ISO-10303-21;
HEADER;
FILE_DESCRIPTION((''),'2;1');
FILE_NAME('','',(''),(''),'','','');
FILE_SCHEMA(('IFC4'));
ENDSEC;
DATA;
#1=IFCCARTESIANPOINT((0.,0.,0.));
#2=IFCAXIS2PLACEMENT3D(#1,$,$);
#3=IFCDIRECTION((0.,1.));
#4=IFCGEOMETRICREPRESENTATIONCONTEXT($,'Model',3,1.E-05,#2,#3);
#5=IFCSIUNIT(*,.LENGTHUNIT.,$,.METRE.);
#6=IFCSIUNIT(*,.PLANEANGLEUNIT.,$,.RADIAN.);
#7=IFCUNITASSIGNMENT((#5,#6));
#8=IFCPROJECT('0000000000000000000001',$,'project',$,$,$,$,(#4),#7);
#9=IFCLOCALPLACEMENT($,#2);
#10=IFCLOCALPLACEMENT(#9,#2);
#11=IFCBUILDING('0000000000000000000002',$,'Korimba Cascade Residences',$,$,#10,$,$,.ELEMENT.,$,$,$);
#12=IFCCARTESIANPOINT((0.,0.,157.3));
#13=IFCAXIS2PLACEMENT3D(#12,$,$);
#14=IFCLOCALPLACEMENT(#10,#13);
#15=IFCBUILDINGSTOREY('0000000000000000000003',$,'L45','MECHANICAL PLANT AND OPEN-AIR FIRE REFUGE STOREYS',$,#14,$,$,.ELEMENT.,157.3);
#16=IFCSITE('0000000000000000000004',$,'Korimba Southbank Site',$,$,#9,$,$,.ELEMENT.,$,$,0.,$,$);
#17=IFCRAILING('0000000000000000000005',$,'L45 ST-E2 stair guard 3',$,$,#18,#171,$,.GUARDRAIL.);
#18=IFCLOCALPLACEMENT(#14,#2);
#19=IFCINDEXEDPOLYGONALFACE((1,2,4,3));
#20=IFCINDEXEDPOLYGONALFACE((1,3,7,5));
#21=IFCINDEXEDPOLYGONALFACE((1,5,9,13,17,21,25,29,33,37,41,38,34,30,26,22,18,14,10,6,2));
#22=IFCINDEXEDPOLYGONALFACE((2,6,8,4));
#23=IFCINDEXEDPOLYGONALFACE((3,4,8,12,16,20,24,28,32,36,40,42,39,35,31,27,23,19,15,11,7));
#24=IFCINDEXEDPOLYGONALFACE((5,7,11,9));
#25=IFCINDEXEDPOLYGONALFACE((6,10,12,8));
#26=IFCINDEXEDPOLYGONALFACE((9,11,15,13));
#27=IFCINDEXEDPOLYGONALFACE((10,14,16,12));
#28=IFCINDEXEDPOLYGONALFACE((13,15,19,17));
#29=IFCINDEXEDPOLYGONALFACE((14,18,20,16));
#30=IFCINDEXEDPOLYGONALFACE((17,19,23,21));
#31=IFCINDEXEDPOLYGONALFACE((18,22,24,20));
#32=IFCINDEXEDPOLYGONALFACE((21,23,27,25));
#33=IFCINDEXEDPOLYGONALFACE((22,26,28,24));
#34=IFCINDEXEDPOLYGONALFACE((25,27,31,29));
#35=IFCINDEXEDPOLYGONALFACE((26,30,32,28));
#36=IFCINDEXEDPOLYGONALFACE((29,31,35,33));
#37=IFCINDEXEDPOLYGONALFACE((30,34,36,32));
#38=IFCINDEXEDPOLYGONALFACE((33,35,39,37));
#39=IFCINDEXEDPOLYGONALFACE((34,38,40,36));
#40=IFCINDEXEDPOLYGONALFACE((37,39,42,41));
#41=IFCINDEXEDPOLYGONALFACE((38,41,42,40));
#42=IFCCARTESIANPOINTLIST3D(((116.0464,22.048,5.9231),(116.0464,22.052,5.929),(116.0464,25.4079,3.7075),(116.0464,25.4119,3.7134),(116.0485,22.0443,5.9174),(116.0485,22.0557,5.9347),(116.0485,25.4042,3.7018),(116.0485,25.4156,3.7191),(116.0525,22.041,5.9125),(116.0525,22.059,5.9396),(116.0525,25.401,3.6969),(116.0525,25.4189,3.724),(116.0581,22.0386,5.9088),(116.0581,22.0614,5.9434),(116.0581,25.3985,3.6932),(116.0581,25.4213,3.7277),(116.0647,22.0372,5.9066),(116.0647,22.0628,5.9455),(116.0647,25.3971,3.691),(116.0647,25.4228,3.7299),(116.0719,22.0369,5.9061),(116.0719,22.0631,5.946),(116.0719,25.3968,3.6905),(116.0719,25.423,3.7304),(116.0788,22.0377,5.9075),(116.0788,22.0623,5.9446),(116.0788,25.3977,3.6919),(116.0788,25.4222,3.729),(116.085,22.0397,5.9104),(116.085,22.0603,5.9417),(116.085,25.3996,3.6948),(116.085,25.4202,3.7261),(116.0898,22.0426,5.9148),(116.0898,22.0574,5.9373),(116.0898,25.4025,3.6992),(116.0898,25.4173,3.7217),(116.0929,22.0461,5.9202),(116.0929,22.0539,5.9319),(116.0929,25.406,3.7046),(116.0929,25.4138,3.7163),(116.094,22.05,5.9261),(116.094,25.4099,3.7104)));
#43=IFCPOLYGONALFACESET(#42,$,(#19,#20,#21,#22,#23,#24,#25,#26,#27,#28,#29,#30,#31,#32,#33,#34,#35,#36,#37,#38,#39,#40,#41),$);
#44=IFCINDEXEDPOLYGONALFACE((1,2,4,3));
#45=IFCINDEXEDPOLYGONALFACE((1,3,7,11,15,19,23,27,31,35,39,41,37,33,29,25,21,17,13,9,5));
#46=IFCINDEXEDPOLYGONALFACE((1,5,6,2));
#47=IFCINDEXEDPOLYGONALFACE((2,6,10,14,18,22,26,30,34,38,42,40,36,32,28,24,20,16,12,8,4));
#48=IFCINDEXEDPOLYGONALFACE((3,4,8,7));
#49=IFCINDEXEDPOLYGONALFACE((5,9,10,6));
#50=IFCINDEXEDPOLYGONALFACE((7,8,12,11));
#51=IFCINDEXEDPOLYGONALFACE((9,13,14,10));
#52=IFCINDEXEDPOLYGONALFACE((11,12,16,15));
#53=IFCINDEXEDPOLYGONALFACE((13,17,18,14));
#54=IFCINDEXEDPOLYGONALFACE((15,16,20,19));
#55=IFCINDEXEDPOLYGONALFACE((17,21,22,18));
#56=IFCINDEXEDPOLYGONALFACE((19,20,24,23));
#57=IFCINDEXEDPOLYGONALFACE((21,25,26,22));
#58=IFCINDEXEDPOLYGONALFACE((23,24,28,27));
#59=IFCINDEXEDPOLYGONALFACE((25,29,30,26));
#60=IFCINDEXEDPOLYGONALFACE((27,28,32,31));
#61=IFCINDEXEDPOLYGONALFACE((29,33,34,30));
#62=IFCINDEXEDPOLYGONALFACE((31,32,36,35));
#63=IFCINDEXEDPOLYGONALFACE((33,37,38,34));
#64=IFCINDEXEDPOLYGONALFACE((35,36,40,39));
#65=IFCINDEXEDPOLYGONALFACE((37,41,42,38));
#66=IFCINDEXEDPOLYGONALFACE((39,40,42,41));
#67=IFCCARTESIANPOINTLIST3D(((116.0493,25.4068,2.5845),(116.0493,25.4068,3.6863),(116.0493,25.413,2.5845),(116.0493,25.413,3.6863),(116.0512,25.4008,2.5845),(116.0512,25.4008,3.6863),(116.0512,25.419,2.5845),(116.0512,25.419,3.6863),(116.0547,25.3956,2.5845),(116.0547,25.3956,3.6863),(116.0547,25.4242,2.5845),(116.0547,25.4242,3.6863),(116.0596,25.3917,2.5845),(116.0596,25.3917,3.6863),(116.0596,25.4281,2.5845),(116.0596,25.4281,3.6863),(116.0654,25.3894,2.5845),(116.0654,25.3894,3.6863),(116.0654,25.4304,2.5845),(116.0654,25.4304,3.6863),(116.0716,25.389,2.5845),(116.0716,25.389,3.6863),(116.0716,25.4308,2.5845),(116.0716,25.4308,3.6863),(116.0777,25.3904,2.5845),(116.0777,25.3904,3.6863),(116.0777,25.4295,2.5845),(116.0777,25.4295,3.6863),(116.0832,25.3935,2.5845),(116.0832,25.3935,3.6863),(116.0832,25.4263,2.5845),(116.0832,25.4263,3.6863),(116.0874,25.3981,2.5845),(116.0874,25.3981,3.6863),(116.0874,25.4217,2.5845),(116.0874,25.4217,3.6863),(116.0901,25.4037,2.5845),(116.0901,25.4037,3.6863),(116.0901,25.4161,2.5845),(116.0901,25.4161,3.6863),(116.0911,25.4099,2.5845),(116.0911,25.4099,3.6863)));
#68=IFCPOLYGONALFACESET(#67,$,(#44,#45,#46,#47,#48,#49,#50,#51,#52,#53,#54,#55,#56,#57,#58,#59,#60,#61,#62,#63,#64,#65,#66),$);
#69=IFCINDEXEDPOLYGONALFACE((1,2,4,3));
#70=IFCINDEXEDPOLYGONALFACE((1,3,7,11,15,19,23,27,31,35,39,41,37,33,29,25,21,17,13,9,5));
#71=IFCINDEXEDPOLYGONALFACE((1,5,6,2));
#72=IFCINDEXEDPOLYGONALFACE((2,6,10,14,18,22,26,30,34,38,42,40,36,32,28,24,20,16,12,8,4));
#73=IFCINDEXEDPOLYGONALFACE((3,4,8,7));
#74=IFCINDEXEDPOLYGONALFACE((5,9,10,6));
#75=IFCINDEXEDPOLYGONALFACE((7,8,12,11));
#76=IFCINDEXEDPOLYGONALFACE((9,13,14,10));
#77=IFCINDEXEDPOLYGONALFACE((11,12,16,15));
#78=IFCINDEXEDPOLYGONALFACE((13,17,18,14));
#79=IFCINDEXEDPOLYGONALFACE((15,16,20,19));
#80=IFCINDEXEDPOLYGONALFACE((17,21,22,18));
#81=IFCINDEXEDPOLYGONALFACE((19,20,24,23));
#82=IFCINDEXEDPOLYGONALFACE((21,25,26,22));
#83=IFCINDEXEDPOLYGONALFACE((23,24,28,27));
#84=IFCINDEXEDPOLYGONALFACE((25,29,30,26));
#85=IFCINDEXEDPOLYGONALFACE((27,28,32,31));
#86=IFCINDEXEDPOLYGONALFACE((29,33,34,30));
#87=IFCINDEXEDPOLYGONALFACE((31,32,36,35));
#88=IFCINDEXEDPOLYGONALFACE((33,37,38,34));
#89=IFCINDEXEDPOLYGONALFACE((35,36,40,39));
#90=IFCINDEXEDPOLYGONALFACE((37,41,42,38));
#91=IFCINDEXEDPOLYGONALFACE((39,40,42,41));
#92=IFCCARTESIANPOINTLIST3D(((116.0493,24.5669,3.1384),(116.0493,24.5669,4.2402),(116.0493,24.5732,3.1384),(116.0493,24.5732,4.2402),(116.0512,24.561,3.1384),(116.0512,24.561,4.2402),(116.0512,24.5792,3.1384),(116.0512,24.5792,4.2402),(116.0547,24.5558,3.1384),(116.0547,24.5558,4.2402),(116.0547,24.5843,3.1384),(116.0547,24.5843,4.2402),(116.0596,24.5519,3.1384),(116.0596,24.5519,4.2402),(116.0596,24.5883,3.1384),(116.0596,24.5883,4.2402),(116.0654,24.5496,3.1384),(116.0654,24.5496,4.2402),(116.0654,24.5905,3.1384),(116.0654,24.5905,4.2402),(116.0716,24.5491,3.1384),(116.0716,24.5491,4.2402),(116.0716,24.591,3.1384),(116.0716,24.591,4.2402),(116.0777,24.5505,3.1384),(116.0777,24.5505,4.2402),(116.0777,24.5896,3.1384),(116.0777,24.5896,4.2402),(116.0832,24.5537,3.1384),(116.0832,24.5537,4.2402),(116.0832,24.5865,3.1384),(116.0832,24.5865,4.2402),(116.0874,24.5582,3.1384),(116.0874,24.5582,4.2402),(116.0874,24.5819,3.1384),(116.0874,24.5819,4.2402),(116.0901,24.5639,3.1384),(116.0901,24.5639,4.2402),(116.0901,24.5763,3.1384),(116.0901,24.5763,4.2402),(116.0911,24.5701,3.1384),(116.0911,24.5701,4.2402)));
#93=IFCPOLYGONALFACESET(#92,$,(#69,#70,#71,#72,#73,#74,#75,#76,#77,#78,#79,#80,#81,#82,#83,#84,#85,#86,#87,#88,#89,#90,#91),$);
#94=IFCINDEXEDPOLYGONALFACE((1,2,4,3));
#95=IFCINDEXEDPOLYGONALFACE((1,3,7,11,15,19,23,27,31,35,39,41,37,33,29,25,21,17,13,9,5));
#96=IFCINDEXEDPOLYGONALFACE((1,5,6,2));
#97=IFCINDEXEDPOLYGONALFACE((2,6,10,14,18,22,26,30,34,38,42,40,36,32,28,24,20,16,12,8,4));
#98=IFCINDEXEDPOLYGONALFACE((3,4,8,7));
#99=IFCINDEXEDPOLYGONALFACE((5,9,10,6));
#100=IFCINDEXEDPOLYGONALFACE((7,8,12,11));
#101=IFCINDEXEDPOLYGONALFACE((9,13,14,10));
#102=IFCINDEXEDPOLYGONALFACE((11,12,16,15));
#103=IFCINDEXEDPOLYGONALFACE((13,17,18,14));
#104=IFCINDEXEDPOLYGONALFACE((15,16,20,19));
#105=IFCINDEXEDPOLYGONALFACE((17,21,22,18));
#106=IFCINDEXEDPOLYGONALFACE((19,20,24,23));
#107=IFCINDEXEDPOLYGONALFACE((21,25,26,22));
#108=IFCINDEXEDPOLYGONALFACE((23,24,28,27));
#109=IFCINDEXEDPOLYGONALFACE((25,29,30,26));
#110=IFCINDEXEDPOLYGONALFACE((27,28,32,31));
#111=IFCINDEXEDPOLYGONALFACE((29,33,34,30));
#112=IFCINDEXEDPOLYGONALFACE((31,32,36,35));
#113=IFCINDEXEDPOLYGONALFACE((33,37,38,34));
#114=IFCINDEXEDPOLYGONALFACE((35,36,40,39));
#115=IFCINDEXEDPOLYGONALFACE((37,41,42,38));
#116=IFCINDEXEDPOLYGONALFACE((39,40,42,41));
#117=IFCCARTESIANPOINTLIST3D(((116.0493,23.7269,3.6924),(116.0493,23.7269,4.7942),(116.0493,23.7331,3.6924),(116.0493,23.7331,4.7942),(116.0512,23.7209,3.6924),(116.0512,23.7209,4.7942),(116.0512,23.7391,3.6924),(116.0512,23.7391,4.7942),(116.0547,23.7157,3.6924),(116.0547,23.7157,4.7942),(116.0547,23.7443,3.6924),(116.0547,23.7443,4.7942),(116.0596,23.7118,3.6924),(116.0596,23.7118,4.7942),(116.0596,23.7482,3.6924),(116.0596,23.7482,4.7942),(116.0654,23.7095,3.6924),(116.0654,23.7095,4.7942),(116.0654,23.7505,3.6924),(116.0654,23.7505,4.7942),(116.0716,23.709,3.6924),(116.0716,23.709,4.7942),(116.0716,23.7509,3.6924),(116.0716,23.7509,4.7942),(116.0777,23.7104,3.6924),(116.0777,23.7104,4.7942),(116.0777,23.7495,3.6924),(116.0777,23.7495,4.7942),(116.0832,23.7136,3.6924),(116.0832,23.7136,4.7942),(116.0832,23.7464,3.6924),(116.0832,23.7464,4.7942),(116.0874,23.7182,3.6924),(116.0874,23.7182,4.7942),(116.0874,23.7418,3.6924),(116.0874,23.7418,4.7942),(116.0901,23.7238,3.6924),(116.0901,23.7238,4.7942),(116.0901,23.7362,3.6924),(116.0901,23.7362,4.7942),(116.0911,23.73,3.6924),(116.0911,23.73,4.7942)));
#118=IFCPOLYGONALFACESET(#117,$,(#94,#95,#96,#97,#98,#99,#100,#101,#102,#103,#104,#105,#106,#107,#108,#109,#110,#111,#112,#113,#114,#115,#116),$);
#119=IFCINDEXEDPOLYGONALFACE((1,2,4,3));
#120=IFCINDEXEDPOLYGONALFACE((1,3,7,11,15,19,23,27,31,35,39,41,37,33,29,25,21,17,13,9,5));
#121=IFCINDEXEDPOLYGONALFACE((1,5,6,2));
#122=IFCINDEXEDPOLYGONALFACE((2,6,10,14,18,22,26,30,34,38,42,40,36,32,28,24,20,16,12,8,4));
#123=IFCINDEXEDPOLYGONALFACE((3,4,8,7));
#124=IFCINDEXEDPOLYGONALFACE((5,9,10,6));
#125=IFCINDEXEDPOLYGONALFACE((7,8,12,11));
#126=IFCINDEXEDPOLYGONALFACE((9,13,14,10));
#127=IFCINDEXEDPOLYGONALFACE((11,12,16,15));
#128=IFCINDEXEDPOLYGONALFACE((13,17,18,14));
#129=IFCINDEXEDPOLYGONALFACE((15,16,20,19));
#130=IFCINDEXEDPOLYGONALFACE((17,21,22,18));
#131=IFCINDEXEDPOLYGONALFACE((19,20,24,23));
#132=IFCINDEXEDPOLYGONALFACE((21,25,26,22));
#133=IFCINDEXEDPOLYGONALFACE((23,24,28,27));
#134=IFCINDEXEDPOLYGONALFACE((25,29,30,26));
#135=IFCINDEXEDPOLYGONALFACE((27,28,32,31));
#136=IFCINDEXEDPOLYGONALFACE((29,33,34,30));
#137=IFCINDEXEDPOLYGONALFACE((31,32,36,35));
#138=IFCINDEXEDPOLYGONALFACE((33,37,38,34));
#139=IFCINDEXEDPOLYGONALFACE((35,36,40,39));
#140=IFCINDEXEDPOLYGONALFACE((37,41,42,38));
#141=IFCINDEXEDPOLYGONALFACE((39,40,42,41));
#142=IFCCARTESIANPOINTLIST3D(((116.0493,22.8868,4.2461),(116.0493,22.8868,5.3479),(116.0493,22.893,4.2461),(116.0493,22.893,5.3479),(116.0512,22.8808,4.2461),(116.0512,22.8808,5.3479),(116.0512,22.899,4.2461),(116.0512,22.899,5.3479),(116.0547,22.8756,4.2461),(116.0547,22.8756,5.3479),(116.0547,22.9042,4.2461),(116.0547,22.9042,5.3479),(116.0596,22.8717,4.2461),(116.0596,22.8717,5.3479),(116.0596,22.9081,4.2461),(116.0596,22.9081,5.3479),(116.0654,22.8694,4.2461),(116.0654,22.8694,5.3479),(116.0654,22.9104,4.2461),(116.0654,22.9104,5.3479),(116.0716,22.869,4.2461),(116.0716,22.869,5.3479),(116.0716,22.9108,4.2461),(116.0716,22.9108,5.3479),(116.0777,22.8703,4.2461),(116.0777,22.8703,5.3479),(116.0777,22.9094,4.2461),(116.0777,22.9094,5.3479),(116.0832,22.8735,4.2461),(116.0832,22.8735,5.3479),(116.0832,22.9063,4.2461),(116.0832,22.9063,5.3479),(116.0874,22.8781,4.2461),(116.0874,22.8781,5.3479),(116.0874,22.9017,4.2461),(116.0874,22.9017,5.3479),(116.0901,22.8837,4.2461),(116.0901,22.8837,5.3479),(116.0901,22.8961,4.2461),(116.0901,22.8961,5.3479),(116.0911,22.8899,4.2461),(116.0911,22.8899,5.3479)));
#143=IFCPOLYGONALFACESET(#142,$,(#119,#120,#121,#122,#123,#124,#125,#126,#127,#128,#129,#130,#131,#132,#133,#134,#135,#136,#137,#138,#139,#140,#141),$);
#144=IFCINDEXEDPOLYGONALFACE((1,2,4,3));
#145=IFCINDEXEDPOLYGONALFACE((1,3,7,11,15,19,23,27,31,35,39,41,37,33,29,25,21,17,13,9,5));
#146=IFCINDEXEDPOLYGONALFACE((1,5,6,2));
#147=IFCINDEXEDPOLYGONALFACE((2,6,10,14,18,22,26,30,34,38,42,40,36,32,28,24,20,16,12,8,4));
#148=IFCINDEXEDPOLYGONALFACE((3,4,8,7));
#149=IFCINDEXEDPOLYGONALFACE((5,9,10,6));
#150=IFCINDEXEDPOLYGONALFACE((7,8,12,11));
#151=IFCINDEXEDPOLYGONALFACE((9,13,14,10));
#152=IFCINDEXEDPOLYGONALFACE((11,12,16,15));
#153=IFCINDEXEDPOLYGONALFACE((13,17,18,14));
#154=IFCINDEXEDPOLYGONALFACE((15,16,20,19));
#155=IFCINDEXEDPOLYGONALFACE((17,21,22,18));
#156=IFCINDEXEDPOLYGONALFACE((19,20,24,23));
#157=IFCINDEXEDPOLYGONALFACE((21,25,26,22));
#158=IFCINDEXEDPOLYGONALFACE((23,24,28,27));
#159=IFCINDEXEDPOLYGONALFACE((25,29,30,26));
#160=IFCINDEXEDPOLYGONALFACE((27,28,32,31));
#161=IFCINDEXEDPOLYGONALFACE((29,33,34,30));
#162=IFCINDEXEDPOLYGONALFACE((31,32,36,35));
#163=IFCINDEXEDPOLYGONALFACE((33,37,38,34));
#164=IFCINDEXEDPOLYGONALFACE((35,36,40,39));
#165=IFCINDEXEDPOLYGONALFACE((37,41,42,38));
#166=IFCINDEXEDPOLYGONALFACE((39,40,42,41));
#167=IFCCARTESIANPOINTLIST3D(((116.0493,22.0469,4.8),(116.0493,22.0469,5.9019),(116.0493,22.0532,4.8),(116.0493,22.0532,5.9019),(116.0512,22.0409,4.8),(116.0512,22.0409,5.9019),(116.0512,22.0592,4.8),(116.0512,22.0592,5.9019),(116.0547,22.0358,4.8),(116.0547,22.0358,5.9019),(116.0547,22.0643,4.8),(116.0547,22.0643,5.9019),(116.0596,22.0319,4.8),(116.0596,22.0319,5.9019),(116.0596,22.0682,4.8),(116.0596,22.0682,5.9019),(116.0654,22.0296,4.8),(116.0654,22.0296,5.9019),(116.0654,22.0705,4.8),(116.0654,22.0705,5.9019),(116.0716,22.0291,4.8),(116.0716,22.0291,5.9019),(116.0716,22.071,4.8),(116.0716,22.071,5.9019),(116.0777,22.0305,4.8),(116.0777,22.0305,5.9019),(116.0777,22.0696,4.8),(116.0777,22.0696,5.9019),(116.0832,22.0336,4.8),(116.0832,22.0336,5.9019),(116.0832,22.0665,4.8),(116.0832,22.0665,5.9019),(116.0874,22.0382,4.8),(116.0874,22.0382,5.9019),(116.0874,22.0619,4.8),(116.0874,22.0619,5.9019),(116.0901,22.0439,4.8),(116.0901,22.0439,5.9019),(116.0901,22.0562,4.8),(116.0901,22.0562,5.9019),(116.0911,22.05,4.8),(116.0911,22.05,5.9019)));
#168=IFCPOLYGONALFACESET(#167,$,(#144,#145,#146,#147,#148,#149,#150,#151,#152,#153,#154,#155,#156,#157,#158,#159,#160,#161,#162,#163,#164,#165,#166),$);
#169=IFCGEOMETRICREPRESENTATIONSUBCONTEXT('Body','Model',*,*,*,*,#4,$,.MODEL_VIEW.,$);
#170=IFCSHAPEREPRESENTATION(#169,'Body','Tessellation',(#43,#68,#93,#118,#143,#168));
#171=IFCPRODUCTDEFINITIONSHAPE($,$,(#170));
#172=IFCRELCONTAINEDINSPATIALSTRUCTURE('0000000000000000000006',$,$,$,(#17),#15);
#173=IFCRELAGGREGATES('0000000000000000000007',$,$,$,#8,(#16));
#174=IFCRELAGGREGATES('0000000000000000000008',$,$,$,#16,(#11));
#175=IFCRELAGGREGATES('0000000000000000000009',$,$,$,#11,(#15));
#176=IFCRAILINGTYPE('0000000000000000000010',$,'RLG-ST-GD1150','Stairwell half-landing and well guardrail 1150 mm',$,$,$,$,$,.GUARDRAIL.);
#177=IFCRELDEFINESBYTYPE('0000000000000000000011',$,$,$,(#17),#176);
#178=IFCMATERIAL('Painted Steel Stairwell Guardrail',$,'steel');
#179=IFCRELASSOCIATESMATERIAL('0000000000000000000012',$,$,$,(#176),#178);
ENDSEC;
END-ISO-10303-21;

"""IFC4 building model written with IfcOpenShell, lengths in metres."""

from ifc_helpers import new_model, si_unit, direction, frame, origin, origin_2d, place, context, subcontext, project, spatial, circle, extrude, material, type_object, element, save


model = new_model("IFC4")

# Units and contexts
model_context = context("Model", 3, precision=1e-05, world=origin(), true_north=direction((0.0, 1.0)))
body_context = subcontext(model_context, "Body", "Model", "MODEL_VIEW")
ifc_project = project(units=[si_unit("LENGTHUNIT", "METRE"), si_unit("PLANEANGLEUNIT", "RADIAN")], contexts=[model_context])

# Site, building, storey
site_placement = place(None, origin())
site = spatial("IfcSite", under=ifc_project, at=site_placement, Name="Korimba Southbank Site", CompositionType="ELEMENT", RefElevation=0.0)
building_placement = place(site_placement, origin())
building = spatial("IfcBuilding", under=site, at=building_placement, Name="Korimba Cascade Residences", CompositionType="ELEMENT")
storey_placement = place(building_placement, frame((0.0, 0.0, 157.3)))
storey = spatial("IfcBuildingStorey", under=building, at=storey_placement, Name="L45", Description="MECHANICAL PLANT AND OPEN-AIR FIRE REFUGE STOREYS", CompositionType="ELEMENT", Elevation=157.3)

# Railing
ifc_material_1 = material(Name="Painted Steel Stairwell Guardrail", Category="steel")
railing_type = type_object("IfcRailingType", Name="RLG-ST-GD1150", Description="Stairwell half-landing and well guardrail 1150 mm", PredefinedType="GUARDRAIL", material=ifc_material_1)
railing_placement = place(storey_placement, frame((116.0701, 25.4099, 2.5845)))
element("IfcRailing", 1, at=railing_placement, inside=storey, type_object=railing_type, Name="L45 ST-E2 stair guard 3", PredefinedType="GUARDRAIL", context=body_context, shape_type="SweptSolid", body=[
    extrude(circle(Radius=0.0239, at=origin_2d()), frame((0.0, 0.0, 1.126), z_axis=(0.0, -0.83483, 0.550508), x_axis=(1.0, 0.0, 0.0)), (0.0, 0.0, 1.0), 4.0247),
    extrude(circle(Radius=0.021, at=origin_2d()), origin(), (0.0, 0.0, 1.0), 1.1018),
    extrude(circle(Radius=0.021, at=origin_2d()), frame((0.0, -0.8398, 0.554)), (0.0, 0.0, 1.0), 1.1018),
    extrude(circle(Radius=0.021, at=origin_2d()), frame((0.0, -1.6799, 1.1079)), (0.0, 0.0, 1.0), 1.1018),
    extrude(circle(Radius=0.021, at=origin_2d()), frame((0.0, -2.52, 1.6616)), (0.0, 0.0, 1.0), 1.1018),
    extrude(circle(Radius=0.021, at=origin_2d()), frame((0.0, -3.3599, 2.2156)), (0.0, 0.0, 1.0), 1.1018),
])

save(model, "model.ifc")
